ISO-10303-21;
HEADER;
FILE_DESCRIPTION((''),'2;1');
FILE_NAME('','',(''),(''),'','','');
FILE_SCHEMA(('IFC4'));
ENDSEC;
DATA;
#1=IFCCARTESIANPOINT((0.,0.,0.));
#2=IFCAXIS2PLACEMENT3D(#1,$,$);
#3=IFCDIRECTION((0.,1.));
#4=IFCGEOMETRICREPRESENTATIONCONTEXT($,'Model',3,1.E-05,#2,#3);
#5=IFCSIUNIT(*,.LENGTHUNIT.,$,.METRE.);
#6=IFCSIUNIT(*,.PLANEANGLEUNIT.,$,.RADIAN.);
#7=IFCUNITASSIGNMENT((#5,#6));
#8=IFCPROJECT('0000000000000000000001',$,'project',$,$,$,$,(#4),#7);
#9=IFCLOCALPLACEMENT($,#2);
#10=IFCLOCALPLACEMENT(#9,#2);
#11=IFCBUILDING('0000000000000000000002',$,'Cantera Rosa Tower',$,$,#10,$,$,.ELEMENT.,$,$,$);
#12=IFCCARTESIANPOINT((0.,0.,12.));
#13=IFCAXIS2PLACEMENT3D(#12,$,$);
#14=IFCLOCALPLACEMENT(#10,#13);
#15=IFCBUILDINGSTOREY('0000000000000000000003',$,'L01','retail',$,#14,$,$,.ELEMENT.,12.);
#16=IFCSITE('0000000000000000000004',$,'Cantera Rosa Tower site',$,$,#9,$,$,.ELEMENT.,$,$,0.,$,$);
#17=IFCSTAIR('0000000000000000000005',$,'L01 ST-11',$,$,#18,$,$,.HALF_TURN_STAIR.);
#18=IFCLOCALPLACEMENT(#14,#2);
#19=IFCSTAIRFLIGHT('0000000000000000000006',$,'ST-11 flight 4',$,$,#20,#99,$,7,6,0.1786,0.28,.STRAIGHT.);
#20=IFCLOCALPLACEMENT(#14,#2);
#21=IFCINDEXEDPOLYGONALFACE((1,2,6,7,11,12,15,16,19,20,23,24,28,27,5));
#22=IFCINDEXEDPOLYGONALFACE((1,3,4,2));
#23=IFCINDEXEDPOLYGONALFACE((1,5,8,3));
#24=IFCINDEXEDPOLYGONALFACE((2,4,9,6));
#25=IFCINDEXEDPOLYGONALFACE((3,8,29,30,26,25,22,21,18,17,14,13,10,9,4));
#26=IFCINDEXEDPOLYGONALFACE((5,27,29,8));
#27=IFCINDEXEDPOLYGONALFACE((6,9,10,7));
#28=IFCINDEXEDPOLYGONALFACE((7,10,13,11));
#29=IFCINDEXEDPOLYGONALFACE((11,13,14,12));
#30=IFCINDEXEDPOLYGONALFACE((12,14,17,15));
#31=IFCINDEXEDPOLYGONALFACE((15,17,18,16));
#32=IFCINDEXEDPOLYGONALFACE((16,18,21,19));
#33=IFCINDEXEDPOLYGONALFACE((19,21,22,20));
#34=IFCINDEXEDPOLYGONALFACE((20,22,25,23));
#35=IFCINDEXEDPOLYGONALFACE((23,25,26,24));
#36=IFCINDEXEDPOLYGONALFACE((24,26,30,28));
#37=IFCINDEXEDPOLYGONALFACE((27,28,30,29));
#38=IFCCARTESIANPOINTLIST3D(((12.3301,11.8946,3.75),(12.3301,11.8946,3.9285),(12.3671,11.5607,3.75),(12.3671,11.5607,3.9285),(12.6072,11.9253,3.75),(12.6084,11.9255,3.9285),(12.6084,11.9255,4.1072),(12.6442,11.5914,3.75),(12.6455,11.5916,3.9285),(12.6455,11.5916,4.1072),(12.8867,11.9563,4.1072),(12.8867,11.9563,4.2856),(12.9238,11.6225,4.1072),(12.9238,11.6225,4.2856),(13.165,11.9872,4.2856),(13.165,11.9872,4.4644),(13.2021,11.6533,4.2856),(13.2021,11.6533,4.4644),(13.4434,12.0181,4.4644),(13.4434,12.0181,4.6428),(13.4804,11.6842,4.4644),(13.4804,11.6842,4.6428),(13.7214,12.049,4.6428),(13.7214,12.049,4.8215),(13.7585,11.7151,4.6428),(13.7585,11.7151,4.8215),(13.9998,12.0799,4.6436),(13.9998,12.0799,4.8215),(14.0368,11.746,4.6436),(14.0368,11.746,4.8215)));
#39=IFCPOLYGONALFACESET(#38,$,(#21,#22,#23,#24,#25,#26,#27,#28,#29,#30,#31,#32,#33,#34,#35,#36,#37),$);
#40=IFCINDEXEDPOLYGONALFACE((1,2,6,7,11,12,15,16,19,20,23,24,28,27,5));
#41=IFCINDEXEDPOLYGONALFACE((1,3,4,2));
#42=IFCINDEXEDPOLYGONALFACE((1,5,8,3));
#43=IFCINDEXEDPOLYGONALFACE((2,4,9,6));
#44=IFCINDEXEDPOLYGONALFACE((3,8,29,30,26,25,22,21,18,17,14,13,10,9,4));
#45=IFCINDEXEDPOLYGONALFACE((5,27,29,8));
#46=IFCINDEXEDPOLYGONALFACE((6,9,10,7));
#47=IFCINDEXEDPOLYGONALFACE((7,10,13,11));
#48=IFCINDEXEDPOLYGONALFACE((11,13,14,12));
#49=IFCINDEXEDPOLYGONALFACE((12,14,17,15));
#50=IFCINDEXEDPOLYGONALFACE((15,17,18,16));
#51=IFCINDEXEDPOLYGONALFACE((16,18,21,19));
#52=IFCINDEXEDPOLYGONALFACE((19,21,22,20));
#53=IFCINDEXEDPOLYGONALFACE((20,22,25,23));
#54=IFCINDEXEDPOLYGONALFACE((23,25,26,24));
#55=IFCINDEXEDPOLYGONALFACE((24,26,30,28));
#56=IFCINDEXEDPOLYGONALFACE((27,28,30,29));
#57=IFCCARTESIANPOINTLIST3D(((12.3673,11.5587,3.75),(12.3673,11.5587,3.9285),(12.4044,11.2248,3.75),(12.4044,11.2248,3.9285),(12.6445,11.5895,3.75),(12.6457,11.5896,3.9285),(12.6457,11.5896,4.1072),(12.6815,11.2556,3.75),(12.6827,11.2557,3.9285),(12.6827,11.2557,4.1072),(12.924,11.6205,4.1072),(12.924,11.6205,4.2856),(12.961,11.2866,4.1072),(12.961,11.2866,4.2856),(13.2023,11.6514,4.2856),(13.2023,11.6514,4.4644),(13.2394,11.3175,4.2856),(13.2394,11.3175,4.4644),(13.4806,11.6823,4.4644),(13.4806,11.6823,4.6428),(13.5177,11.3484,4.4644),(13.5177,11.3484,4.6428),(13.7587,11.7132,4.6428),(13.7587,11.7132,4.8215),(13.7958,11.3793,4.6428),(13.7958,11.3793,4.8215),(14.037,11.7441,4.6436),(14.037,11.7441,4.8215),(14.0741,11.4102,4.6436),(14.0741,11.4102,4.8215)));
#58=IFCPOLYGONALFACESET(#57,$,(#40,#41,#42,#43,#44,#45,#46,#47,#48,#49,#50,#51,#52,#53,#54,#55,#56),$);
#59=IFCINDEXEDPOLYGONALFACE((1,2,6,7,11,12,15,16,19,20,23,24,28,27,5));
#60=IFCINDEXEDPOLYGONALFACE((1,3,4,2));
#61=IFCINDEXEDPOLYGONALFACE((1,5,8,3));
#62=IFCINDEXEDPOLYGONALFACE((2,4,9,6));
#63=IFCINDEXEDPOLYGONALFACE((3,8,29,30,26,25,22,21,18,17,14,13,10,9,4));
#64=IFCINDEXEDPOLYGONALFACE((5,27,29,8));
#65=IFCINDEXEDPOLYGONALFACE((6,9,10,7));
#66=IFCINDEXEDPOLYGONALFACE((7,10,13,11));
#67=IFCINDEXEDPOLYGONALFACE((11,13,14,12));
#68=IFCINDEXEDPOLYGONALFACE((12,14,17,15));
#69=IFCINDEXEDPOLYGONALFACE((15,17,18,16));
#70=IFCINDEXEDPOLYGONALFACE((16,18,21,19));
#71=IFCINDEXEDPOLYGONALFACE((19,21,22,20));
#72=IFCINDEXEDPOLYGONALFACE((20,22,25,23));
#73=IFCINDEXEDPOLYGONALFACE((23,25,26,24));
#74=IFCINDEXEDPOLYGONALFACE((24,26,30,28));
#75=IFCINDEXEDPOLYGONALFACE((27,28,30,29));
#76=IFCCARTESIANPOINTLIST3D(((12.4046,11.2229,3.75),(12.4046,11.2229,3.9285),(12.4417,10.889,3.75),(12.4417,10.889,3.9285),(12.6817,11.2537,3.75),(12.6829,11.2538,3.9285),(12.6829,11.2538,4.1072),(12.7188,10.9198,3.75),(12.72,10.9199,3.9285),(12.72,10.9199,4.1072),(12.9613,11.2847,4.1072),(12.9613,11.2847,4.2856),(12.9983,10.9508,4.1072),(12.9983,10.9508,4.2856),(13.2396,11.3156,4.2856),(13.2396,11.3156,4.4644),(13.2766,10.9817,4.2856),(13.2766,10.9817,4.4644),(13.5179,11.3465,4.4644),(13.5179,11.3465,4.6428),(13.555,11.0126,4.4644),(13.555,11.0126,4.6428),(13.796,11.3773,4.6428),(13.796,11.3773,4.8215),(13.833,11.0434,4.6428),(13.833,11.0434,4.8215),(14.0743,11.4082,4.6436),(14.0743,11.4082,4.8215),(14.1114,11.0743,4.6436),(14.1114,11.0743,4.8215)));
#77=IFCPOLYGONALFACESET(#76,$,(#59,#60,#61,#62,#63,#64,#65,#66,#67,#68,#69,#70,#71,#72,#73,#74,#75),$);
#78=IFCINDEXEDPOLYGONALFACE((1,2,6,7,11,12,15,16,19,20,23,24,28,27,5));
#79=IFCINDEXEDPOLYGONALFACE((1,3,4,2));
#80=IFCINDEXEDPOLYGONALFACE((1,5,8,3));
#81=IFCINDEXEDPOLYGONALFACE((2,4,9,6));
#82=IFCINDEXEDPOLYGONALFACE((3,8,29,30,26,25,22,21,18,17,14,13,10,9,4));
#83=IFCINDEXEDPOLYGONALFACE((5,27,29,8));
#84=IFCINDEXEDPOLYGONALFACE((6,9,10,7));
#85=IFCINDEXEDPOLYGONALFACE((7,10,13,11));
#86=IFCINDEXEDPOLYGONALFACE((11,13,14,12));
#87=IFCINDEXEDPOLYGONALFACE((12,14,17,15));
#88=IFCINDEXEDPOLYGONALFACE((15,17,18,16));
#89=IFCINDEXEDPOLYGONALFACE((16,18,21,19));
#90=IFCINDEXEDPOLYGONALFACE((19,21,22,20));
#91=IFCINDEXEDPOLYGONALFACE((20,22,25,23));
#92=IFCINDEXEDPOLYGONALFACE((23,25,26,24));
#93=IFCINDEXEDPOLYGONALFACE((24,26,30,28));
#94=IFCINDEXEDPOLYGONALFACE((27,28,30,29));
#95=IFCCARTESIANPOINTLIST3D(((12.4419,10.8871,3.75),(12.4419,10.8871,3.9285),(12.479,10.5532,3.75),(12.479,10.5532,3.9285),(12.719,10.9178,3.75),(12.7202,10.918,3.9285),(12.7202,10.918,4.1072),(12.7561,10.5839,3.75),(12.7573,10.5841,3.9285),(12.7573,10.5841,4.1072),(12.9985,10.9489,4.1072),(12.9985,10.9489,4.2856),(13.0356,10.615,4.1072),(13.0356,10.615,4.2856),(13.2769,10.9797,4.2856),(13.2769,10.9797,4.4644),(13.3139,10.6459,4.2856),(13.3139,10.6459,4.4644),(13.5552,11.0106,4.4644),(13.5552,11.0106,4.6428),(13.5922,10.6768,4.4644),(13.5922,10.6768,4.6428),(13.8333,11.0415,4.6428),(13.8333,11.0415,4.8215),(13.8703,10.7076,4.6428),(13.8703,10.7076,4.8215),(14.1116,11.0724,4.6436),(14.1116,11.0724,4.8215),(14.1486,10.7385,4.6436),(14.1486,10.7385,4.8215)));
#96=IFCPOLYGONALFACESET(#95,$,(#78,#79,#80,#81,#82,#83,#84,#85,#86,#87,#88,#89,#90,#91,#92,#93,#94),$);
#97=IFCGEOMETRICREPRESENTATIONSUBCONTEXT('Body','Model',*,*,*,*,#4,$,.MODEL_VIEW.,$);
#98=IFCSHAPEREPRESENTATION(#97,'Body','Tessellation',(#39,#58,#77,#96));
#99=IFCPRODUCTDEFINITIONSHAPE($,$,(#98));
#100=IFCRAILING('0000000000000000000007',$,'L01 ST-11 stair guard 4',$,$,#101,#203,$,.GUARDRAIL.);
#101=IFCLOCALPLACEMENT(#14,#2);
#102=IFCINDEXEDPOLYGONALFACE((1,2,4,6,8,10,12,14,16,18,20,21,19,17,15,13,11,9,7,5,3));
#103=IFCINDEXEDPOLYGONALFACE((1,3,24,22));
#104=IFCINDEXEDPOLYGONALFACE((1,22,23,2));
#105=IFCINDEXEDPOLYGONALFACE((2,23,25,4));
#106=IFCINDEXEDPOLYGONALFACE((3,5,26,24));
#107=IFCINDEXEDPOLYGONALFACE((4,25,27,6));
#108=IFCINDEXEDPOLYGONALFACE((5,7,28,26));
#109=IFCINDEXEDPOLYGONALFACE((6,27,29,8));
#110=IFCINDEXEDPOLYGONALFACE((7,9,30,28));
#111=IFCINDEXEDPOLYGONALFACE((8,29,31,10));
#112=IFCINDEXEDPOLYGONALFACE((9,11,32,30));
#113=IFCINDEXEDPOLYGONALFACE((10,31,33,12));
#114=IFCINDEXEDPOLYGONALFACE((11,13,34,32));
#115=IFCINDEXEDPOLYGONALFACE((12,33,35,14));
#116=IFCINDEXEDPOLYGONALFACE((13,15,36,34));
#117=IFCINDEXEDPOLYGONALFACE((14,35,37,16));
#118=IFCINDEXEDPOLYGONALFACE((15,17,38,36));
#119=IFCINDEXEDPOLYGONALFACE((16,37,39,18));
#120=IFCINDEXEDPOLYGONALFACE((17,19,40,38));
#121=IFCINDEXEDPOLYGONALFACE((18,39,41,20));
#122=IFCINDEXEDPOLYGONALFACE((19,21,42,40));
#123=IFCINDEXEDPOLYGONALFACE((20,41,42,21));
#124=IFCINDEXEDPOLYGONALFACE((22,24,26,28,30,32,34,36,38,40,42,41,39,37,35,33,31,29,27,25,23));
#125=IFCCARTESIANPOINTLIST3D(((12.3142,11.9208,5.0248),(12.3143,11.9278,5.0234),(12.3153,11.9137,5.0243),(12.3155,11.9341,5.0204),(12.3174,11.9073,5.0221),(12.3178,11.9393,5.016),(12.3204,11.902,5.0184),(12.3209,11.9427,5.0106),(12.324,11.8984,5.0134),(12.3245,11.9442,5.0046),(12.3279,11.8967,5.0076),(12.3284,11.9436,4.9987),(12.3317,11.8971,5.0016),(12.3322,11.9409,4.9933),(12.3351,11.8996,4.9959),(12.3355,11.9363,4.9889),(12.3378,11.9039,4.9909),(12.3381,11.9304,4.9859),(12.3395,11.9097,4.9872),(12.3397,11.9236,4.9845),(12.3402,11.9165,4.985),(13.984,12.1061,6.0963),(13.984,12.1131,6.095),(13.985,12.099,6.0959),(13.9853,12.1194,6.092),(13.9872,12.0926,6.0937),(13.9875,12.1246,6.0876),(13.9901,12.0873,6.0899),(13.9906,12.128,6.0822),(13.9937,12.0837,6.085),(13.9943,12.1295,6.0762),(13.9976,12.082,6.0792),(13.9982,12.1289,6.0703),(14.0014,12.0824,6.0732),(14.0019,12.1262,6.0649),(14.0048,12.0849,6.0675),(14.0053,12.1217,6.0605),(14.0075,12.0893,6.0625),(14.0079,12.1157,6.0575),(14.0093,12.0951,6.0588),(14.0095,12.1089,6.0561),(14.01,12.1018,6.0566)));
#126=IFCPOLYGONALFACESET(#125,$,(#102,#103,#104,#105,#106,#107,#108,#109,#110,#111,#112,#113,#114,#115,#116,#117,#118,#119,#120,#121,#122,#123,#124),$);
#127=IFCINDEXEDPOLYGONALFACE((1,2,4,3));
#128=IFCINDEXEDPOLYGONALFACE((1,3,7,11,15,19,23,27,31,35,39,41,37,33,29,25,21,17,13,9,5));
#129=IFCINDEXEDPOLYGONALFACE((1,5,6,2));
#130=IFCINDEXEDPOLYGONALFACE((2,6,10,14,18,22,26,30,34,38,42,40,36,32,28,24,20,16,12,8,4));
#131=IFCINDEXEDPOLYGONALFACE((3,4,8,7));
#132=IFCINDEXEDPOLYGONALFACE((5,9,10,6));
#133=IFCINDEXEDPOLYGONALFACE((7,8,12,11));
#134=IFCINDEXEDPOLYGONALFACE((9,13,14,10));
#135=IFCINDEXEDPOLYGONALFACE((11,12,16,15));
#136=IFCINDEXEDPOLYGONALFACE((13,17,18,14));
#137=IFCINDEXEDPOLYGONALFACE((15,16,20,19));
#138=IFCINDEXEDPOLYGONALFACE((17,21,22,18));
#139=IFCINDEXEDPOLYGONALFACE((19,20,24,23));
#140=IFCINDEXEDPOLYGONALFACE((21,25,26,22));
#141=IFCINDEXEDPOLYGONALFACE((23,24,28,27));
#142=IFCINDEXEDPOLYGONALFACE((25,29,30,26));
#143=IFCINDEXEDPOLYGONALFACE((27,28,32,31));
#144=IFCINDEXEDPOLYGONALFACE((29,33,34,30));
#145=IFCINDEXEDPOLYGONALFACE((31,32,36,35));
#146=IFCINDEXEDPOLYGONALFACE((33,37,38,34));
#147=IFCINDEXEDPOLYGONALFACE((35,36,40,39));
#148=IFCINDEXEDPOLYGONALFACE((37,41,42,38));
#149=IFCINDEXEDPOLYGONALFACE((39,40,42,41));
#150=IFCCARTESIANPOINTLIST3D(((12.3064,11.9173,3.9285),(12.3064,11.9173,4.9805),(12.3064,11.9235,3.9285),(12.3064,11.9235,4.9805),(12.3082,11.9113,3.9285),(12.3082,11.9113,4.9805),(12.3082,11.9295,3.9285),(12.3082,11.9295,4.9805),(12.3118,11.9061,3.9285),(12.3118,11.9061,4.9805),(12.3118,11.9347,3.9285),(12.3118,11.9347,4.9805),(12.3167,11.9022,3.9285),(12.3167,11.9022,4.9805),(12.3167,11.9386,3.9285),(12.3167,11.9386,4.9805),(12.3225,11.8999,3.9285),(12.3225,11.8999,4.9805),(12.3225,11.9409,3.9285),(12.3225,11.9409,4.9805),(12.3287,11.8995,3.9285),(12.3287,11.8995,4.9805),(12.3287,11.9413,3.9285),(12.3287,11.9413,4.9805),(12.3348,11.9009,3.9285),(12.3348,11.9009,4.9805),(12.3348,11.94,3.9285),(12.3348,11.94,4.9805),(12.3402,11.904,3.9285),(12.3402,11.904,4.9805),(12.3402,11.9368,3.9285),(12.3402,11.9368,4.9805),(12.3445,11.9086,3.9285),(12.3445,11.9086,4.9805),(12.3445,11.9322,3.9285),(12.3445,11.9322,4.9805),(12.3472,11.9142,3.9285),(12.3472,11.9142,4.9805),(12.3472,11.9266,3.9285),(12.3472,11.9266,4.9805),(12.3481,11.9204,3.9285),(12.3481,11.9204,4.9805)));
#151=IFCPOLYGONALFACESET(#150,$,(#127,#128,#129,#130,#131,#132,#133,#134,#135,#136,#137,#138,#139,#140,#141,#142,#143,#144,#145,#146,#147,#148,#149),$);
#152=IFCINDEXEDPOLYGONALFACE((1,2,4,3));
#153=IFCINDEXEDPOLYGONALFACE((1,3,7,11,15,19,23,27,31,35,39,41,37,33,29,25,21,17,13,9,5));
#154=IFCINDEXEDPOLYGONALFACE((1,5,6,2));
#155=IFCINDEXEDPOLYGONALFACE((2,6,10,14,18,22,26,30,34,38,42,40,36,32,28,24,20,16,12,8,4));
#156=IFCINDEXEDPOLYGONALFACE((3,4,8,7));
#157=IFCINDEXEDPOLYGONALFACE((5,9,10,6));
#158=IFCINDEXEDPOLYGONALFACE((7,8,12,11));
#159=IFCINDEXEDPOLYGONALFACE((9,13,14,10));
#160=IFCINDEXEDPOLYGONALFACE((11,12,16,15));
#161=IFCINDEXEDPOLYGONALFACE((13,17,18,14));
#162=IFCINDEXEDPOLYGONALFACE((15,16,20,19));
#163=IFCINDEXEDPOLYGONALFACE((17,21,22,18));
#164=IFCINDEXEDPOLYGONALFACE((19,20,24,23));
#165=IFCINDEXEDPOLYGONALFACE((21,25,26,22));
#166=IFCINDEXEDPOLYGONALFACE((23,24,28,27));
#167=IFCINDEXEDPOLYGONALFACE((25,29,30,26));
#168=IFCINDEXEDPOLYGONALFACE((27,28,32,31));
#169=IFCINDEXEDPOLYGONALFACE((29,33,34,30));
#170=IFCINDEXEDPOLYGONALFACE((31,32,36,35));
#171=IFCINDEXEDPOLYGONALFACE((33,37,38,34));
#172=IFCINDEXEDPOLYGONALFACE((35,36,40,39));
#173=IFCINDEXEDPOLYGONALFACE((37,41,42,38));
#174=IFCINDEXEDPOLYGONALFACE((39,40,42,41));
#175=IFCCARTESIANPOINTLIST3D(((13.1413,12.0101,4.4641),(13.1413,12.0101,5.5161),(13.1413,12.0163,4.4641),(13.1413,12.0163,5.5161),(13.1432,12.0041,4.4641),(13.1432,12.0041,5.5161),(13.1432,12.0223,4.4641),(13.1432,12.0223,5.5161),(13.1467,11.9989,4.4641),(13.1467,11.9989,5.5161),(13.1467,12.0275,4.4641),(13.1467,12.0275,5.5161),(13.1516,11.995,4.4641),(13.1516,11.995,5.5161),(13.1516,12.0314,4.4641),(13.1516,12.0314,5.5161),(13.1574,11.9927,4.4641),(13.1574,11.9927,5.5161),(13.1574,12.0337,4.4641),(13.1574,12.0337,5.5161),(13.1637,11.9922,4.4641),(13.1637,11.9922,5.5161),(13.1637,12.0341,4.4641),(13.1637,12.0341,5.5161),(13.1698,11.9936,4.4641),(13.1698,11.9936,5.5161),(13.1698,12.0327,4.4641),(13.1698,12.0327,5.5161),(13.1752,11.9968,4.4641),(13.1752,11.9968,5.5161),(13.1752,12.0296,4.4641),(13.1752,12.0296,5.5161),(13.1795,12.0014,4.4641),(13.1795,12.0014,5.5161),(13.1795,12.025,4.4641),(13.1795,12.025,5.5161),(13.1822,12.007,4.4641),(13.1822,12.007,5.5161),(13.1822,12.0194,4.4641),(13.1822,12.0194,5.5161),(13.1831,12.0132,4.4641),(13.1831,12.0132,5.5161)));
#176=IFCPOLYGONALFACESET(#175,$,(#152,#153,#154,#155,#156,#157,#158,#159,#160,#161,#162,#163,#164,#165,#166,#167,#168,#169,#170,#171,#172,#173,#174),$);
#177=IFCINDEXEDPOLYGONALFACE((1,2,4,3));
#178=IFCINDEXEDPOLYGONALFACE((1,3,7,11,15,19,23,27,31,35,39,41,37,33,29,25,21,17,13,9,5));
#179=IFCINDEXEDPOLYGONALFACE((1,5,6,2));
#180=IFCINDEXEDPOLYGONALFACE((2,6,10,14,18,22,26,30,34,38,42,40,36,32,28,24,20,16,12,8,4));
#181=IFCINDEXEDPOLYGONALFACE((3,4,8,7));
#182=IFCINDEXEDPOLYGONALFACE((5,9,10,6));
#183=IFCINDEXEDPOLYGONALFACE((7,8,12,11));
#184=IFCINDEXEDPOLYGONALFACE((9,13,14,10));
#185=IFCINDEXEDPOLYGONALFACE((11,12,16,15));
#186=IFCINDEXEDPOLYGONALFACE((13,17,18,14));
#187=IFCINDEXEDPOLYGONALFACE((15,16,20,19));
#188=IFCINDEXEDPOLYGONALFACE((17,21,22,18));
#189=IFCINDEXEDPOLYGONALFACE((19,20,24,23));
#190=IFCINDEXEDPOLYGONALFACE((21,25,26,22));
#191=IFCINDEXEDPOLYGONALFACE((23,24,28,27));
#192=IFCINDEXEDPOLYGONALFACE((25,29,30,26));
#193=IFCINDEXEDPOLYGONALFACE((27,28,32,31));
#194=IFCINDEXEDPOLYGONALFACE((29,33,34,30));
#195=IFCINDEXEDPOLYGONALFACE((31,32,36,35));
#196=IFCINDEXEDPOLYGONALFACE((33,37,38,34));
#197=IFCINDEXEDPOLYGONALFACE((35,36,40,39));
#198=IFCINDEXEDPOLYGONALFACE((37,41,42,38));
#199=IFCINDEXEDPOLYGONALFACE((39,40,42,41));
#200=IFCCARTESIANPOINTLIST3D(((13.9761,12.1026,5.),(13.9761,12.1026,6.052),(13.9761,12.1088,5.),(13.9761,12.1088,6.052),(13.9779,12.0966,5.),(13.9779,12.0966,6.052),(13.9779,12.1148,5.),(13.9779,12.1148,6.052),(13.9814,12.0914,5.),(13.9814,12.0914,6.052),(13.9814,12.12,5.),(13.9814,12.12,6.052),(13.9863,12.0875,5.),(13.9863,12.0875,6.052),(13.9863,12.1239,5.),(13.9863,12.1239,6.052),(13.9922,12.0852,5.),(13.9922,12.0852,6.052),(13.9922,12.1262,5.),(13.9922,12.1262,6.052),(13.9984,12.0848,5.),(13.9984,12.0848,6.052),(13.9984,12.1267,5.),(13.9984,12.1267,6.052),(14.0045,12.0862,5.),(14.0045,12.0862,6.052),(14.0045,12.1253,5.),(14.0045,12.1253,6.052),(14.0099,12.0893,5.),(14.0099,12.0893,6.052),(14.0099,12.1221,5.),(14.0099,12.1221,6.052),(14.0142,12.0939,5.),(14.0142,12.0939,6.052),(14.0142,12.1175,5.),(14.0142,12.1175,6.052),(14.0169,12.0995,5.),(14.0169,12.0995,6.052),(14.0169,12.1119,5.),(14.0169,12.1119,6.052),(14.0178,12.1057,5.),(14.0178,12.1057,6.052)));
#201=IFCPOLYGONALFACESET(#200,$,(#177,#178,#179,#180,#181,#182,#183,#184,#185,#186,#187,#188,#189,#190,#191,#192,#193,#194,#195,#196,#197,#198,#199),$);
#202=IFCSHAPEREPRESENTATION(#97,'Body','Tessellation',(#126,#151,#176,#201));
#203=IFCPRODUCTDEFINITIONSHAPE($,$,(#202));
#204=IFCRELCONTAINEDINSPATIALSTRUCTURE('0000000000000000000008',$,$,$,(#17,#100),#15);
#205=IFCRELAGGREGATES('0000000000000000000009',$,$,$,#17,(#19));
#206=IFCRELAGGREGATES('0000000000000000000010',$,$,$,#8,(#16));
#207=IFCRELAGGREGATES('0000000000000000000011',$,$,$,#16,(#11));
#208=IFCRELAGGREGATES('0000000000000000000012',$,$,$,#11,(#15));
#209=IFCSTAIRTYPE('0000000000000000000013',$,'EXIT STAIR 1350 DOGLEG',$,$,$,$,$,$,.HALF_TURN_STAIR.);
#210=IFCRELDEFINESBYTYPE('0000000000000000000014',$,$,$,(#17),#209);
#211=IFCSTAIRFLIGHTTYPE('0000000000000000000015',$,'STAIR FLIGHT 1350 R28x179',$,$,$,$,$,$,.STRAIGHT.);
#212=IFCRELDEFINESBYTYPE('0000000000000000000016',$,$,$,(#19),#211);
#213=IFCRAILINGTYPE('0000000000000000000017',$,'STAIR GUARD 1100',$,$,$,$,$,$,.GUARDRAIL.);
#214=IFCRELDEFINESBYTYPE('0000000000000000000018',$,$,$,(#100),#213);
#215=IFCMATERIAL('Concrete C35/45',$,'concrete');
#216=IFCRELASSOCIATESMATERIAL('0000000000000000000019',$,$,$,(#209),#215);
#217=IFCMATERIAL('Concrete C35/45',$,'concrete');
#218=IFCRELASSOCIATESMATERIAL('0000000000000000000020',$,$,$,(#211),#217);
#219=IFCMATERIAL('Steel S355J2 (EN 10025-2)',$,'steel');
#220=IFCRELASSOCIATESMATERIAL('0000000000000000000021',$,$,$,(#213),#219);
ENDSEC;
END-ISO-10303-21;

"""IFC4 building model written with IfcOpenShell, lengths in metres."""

from ifc_helpers import new_model, si_unit, direction, frame, origin, origin_2d, place, context, subcontext, project, spatial, polyline, circle, outline, extrude, material, type_object, element, aggregate, save


model = new_model("IFC4")

# Units and contexts
model_context = context("Model", 3, precision=1e-05, world=origin(), true_north=direction((0.0, 1.0)))
body_context = subcontext(model_context, "Body", "Model", "MODEL_VIEW")
ifc_project = project(units=[si_unit("LENGTHUNIT", "METRE"), si_unit("PLANEANGLEUNIT", "RADIAN")], contexts=[model_context])

# Site, building, storey
site_placement = place(None, origin())
site = spatial("IfcSite", under=ifc_project, at=site_placement, Name="Cantera Rosa Tower site", CompositionType="ELEMENT", RefElevation=0.0)
building_placement = place(site_placement, origin())
building = spatial("IfcBuilding", under=site, at=building_placement, Name="Cantera Rosa Tower", CompositionType="ELEMENT")
storey_placement = place(building_placement, frame((0.0, 0.0, 12.0)))
storey = spatial("IfcBuildingStorey", under=building, at=storey_placement, Name="L01", Description="retail", CompositionType="ELEMENT", Elevation=12.0)

# Stair, stair flight
ifc_material_1 = material(Name="Concrete C35/45", Category="concrete")
stair_type = type_object("IfcStairType", Name="EXIT STAIR 1350 DOGLEG", PredefinedType="HALF_TURN_STAIR", material=ifc_material_1)
stair_placement = place(storey_placement, origin())
stair = element("IfcStair", 1, at=stair_placement, inside=storey, type_object=stair_type, Name="L01 ST-11", PredefinedType="HALF_TURN_STAIR")
ifc_material_2 = material(Name="Concrete C35/45", Category="concrete")
stair_flight_type = type_object("IfcStairFlightType", Name="STAIR FLIGHT 1350 R28x179", PredefinedType="STRAIGHT", material=ifc_material_2)
stair_flight_1_placement = place(storey_placement, frame((12.4045, 11.2236, 3.75), z_axis=(0.0, 0.0, 1.0), x_axis=(0.993897, 0.110313, 0.0)))
stair_flight_1 = element("IfcStairFlight", 2, at=stair_flight_1_placement, type_object=stair_flight_type, Name="ST-11 flight 4", NumberOfRisers=7, NumberOfTreads=6, PredefinedType="STRAIGHT", RiserHeight=0.1786, TreadLength=0.28, context=body_context, shape_type="SweptSolid", body=[
    extrude(outline(polyline([(0.0, 0.0), (0.0, 0.1785), (0.28, 0.1785), (0.28, 0.3572), (0.5601, 0.3572), (0.5601, 0.5356), (0.8401, 0.5356), (0.8401, 0.7144), (1.1201, 0.7144), (1.1201, 0.8928), (1.3999, 0.8928), (1.3999, 1.0715), (1.6799, 1.0715), (1.6799, 1.25), (1.6799, 0.8936), (0.2788, 0.0), (0.0, 0.0)])), frame((0.0, 0.675, 0.0), z_axis=(0.0, -1.0, 0.0), x_axis=(1.0, 0.0, 0.0)), (0.0, 0.0, 1.0), 0.3359),
    extrude(outline(polyline([(0.0, 0.0), (0.0, 0.1785), (0.28, 0.1785), (0.28, 0.3572), (0.5601, 0.3572), (0.5601, 0.5356), (0.8401, 0.5356), (0.8401, 0.7144), (1.1201, 0.7144), (1.1201, 0.8928), (1.3999, 0.8928), (1.3999, 1.0715), (1.6799, 1.0715), (1.6799, 1.25), (1.6799, 0.8936), (0.2788, 0.0), (0.0, 0.0)])), frame((0.0, 0.3372, 0.0), z_axis=(0.0, -1.0, 0.0), x_axis=(1.0, 0.0, 0.0)), (0.0, 0.0, 1.0), 0.3359),
    extrude(outline(polyline([(0.0, 0.0), (0.0, 0.1785), (0.28, 0.1785), (0.28, 0.3572), (0.5601, 0.3572), (0.5601, 0.5356), (0.8401, 0.5356), (0.8401, 0.7144), (1.1201, 0.7144), (1.1201, 0.8928), (1.3999, 0.8928), (1.3999, 1.0715), (1.6799, 1.0715), (1.6799, 1.25), (1.6799, 0.8936), (0.2788, 0.0), (0.0, 0.0)])), frame((0.0, -0.0007, 0.0), z_axis=(0.0, -1.0, 0.0), x_axis=(1.0, 0.0, 0.0)), (0.0, 0.0, 1.0), 0.3359),
    extrude(outline(polyline([(0.0, 0.0), (0.0, 0.1785), (0.28, 0.1785), (0.28, 0.3572), (0.5601, 0.3572), (0.5601, 0.5356), (0.8401, 0.5356), (0.8401, 0.7144), (1.1201, 0.7144), (1.1201, 0.8928), (1.3999, 0.8928), (1.3999, 1.0715), (1.6799, 1.0715), (1.6799, 1.25), (1.6799, 0.8936), (0.2788, 0.0), (0.0, 0.0)])), frame((0.0, -0.3386, 0.0), z_axis=(0.0, -1.0, 0.0), x_axis=(1.0, 0.0, 0.0)), (0.0, 0.0, 1.0), 0.3359),
])
aggregate(stair, [stair_flight_1])

# Railing
ifc_material_3 = material(Name="Steel S355J2 (EN 10025-2)", Category="steel")
railing_type_1 = type_object("IfcRailingType", Name="STAIR GUARD 1100", PredefinedType="GUARDRAIL", material=ifc_material_3)
railing_1_placement = place(storey_placement, frame((12.3271, 11.9204, 3.9285)))
element("IfcRailing", 3, at=railing_1_placement, inside=storey, type_object=railing_type_1, Name="L01 ST-11 stair guard 4", PredefinedType="GUARDRAIL", context=body_context, shape_type="SweptSolid", body=[
    extrude(circle(Radius=0.0239, at=origin_2d()), frame((0.0, 0.0, 1.0762), z_axis=(0.837951, 0.092997, 0.537764), x_axis=(-0.110304, 0.993898, 0.0)), (0.0, 0.0, 1.0), 1.9927),
    extrude(circle(Radius=0.021, at=origin_2d()), origin(), (0.0, 0.0, 1.0), 1.052),
    extrude(circle(Radius=0.021, at=origin_2d()), frame((0.835, 0.0928, 0.5356)), (0.0, 0.0, 1.0), 1.052),
    extrude(circle(Radius=0.021, at=origin_2d()), frame((1.6697, 0.1853, 1.0715)), (0.0, 0.0, 1.0), 1.052),
])

save(model, "model.ifc")
